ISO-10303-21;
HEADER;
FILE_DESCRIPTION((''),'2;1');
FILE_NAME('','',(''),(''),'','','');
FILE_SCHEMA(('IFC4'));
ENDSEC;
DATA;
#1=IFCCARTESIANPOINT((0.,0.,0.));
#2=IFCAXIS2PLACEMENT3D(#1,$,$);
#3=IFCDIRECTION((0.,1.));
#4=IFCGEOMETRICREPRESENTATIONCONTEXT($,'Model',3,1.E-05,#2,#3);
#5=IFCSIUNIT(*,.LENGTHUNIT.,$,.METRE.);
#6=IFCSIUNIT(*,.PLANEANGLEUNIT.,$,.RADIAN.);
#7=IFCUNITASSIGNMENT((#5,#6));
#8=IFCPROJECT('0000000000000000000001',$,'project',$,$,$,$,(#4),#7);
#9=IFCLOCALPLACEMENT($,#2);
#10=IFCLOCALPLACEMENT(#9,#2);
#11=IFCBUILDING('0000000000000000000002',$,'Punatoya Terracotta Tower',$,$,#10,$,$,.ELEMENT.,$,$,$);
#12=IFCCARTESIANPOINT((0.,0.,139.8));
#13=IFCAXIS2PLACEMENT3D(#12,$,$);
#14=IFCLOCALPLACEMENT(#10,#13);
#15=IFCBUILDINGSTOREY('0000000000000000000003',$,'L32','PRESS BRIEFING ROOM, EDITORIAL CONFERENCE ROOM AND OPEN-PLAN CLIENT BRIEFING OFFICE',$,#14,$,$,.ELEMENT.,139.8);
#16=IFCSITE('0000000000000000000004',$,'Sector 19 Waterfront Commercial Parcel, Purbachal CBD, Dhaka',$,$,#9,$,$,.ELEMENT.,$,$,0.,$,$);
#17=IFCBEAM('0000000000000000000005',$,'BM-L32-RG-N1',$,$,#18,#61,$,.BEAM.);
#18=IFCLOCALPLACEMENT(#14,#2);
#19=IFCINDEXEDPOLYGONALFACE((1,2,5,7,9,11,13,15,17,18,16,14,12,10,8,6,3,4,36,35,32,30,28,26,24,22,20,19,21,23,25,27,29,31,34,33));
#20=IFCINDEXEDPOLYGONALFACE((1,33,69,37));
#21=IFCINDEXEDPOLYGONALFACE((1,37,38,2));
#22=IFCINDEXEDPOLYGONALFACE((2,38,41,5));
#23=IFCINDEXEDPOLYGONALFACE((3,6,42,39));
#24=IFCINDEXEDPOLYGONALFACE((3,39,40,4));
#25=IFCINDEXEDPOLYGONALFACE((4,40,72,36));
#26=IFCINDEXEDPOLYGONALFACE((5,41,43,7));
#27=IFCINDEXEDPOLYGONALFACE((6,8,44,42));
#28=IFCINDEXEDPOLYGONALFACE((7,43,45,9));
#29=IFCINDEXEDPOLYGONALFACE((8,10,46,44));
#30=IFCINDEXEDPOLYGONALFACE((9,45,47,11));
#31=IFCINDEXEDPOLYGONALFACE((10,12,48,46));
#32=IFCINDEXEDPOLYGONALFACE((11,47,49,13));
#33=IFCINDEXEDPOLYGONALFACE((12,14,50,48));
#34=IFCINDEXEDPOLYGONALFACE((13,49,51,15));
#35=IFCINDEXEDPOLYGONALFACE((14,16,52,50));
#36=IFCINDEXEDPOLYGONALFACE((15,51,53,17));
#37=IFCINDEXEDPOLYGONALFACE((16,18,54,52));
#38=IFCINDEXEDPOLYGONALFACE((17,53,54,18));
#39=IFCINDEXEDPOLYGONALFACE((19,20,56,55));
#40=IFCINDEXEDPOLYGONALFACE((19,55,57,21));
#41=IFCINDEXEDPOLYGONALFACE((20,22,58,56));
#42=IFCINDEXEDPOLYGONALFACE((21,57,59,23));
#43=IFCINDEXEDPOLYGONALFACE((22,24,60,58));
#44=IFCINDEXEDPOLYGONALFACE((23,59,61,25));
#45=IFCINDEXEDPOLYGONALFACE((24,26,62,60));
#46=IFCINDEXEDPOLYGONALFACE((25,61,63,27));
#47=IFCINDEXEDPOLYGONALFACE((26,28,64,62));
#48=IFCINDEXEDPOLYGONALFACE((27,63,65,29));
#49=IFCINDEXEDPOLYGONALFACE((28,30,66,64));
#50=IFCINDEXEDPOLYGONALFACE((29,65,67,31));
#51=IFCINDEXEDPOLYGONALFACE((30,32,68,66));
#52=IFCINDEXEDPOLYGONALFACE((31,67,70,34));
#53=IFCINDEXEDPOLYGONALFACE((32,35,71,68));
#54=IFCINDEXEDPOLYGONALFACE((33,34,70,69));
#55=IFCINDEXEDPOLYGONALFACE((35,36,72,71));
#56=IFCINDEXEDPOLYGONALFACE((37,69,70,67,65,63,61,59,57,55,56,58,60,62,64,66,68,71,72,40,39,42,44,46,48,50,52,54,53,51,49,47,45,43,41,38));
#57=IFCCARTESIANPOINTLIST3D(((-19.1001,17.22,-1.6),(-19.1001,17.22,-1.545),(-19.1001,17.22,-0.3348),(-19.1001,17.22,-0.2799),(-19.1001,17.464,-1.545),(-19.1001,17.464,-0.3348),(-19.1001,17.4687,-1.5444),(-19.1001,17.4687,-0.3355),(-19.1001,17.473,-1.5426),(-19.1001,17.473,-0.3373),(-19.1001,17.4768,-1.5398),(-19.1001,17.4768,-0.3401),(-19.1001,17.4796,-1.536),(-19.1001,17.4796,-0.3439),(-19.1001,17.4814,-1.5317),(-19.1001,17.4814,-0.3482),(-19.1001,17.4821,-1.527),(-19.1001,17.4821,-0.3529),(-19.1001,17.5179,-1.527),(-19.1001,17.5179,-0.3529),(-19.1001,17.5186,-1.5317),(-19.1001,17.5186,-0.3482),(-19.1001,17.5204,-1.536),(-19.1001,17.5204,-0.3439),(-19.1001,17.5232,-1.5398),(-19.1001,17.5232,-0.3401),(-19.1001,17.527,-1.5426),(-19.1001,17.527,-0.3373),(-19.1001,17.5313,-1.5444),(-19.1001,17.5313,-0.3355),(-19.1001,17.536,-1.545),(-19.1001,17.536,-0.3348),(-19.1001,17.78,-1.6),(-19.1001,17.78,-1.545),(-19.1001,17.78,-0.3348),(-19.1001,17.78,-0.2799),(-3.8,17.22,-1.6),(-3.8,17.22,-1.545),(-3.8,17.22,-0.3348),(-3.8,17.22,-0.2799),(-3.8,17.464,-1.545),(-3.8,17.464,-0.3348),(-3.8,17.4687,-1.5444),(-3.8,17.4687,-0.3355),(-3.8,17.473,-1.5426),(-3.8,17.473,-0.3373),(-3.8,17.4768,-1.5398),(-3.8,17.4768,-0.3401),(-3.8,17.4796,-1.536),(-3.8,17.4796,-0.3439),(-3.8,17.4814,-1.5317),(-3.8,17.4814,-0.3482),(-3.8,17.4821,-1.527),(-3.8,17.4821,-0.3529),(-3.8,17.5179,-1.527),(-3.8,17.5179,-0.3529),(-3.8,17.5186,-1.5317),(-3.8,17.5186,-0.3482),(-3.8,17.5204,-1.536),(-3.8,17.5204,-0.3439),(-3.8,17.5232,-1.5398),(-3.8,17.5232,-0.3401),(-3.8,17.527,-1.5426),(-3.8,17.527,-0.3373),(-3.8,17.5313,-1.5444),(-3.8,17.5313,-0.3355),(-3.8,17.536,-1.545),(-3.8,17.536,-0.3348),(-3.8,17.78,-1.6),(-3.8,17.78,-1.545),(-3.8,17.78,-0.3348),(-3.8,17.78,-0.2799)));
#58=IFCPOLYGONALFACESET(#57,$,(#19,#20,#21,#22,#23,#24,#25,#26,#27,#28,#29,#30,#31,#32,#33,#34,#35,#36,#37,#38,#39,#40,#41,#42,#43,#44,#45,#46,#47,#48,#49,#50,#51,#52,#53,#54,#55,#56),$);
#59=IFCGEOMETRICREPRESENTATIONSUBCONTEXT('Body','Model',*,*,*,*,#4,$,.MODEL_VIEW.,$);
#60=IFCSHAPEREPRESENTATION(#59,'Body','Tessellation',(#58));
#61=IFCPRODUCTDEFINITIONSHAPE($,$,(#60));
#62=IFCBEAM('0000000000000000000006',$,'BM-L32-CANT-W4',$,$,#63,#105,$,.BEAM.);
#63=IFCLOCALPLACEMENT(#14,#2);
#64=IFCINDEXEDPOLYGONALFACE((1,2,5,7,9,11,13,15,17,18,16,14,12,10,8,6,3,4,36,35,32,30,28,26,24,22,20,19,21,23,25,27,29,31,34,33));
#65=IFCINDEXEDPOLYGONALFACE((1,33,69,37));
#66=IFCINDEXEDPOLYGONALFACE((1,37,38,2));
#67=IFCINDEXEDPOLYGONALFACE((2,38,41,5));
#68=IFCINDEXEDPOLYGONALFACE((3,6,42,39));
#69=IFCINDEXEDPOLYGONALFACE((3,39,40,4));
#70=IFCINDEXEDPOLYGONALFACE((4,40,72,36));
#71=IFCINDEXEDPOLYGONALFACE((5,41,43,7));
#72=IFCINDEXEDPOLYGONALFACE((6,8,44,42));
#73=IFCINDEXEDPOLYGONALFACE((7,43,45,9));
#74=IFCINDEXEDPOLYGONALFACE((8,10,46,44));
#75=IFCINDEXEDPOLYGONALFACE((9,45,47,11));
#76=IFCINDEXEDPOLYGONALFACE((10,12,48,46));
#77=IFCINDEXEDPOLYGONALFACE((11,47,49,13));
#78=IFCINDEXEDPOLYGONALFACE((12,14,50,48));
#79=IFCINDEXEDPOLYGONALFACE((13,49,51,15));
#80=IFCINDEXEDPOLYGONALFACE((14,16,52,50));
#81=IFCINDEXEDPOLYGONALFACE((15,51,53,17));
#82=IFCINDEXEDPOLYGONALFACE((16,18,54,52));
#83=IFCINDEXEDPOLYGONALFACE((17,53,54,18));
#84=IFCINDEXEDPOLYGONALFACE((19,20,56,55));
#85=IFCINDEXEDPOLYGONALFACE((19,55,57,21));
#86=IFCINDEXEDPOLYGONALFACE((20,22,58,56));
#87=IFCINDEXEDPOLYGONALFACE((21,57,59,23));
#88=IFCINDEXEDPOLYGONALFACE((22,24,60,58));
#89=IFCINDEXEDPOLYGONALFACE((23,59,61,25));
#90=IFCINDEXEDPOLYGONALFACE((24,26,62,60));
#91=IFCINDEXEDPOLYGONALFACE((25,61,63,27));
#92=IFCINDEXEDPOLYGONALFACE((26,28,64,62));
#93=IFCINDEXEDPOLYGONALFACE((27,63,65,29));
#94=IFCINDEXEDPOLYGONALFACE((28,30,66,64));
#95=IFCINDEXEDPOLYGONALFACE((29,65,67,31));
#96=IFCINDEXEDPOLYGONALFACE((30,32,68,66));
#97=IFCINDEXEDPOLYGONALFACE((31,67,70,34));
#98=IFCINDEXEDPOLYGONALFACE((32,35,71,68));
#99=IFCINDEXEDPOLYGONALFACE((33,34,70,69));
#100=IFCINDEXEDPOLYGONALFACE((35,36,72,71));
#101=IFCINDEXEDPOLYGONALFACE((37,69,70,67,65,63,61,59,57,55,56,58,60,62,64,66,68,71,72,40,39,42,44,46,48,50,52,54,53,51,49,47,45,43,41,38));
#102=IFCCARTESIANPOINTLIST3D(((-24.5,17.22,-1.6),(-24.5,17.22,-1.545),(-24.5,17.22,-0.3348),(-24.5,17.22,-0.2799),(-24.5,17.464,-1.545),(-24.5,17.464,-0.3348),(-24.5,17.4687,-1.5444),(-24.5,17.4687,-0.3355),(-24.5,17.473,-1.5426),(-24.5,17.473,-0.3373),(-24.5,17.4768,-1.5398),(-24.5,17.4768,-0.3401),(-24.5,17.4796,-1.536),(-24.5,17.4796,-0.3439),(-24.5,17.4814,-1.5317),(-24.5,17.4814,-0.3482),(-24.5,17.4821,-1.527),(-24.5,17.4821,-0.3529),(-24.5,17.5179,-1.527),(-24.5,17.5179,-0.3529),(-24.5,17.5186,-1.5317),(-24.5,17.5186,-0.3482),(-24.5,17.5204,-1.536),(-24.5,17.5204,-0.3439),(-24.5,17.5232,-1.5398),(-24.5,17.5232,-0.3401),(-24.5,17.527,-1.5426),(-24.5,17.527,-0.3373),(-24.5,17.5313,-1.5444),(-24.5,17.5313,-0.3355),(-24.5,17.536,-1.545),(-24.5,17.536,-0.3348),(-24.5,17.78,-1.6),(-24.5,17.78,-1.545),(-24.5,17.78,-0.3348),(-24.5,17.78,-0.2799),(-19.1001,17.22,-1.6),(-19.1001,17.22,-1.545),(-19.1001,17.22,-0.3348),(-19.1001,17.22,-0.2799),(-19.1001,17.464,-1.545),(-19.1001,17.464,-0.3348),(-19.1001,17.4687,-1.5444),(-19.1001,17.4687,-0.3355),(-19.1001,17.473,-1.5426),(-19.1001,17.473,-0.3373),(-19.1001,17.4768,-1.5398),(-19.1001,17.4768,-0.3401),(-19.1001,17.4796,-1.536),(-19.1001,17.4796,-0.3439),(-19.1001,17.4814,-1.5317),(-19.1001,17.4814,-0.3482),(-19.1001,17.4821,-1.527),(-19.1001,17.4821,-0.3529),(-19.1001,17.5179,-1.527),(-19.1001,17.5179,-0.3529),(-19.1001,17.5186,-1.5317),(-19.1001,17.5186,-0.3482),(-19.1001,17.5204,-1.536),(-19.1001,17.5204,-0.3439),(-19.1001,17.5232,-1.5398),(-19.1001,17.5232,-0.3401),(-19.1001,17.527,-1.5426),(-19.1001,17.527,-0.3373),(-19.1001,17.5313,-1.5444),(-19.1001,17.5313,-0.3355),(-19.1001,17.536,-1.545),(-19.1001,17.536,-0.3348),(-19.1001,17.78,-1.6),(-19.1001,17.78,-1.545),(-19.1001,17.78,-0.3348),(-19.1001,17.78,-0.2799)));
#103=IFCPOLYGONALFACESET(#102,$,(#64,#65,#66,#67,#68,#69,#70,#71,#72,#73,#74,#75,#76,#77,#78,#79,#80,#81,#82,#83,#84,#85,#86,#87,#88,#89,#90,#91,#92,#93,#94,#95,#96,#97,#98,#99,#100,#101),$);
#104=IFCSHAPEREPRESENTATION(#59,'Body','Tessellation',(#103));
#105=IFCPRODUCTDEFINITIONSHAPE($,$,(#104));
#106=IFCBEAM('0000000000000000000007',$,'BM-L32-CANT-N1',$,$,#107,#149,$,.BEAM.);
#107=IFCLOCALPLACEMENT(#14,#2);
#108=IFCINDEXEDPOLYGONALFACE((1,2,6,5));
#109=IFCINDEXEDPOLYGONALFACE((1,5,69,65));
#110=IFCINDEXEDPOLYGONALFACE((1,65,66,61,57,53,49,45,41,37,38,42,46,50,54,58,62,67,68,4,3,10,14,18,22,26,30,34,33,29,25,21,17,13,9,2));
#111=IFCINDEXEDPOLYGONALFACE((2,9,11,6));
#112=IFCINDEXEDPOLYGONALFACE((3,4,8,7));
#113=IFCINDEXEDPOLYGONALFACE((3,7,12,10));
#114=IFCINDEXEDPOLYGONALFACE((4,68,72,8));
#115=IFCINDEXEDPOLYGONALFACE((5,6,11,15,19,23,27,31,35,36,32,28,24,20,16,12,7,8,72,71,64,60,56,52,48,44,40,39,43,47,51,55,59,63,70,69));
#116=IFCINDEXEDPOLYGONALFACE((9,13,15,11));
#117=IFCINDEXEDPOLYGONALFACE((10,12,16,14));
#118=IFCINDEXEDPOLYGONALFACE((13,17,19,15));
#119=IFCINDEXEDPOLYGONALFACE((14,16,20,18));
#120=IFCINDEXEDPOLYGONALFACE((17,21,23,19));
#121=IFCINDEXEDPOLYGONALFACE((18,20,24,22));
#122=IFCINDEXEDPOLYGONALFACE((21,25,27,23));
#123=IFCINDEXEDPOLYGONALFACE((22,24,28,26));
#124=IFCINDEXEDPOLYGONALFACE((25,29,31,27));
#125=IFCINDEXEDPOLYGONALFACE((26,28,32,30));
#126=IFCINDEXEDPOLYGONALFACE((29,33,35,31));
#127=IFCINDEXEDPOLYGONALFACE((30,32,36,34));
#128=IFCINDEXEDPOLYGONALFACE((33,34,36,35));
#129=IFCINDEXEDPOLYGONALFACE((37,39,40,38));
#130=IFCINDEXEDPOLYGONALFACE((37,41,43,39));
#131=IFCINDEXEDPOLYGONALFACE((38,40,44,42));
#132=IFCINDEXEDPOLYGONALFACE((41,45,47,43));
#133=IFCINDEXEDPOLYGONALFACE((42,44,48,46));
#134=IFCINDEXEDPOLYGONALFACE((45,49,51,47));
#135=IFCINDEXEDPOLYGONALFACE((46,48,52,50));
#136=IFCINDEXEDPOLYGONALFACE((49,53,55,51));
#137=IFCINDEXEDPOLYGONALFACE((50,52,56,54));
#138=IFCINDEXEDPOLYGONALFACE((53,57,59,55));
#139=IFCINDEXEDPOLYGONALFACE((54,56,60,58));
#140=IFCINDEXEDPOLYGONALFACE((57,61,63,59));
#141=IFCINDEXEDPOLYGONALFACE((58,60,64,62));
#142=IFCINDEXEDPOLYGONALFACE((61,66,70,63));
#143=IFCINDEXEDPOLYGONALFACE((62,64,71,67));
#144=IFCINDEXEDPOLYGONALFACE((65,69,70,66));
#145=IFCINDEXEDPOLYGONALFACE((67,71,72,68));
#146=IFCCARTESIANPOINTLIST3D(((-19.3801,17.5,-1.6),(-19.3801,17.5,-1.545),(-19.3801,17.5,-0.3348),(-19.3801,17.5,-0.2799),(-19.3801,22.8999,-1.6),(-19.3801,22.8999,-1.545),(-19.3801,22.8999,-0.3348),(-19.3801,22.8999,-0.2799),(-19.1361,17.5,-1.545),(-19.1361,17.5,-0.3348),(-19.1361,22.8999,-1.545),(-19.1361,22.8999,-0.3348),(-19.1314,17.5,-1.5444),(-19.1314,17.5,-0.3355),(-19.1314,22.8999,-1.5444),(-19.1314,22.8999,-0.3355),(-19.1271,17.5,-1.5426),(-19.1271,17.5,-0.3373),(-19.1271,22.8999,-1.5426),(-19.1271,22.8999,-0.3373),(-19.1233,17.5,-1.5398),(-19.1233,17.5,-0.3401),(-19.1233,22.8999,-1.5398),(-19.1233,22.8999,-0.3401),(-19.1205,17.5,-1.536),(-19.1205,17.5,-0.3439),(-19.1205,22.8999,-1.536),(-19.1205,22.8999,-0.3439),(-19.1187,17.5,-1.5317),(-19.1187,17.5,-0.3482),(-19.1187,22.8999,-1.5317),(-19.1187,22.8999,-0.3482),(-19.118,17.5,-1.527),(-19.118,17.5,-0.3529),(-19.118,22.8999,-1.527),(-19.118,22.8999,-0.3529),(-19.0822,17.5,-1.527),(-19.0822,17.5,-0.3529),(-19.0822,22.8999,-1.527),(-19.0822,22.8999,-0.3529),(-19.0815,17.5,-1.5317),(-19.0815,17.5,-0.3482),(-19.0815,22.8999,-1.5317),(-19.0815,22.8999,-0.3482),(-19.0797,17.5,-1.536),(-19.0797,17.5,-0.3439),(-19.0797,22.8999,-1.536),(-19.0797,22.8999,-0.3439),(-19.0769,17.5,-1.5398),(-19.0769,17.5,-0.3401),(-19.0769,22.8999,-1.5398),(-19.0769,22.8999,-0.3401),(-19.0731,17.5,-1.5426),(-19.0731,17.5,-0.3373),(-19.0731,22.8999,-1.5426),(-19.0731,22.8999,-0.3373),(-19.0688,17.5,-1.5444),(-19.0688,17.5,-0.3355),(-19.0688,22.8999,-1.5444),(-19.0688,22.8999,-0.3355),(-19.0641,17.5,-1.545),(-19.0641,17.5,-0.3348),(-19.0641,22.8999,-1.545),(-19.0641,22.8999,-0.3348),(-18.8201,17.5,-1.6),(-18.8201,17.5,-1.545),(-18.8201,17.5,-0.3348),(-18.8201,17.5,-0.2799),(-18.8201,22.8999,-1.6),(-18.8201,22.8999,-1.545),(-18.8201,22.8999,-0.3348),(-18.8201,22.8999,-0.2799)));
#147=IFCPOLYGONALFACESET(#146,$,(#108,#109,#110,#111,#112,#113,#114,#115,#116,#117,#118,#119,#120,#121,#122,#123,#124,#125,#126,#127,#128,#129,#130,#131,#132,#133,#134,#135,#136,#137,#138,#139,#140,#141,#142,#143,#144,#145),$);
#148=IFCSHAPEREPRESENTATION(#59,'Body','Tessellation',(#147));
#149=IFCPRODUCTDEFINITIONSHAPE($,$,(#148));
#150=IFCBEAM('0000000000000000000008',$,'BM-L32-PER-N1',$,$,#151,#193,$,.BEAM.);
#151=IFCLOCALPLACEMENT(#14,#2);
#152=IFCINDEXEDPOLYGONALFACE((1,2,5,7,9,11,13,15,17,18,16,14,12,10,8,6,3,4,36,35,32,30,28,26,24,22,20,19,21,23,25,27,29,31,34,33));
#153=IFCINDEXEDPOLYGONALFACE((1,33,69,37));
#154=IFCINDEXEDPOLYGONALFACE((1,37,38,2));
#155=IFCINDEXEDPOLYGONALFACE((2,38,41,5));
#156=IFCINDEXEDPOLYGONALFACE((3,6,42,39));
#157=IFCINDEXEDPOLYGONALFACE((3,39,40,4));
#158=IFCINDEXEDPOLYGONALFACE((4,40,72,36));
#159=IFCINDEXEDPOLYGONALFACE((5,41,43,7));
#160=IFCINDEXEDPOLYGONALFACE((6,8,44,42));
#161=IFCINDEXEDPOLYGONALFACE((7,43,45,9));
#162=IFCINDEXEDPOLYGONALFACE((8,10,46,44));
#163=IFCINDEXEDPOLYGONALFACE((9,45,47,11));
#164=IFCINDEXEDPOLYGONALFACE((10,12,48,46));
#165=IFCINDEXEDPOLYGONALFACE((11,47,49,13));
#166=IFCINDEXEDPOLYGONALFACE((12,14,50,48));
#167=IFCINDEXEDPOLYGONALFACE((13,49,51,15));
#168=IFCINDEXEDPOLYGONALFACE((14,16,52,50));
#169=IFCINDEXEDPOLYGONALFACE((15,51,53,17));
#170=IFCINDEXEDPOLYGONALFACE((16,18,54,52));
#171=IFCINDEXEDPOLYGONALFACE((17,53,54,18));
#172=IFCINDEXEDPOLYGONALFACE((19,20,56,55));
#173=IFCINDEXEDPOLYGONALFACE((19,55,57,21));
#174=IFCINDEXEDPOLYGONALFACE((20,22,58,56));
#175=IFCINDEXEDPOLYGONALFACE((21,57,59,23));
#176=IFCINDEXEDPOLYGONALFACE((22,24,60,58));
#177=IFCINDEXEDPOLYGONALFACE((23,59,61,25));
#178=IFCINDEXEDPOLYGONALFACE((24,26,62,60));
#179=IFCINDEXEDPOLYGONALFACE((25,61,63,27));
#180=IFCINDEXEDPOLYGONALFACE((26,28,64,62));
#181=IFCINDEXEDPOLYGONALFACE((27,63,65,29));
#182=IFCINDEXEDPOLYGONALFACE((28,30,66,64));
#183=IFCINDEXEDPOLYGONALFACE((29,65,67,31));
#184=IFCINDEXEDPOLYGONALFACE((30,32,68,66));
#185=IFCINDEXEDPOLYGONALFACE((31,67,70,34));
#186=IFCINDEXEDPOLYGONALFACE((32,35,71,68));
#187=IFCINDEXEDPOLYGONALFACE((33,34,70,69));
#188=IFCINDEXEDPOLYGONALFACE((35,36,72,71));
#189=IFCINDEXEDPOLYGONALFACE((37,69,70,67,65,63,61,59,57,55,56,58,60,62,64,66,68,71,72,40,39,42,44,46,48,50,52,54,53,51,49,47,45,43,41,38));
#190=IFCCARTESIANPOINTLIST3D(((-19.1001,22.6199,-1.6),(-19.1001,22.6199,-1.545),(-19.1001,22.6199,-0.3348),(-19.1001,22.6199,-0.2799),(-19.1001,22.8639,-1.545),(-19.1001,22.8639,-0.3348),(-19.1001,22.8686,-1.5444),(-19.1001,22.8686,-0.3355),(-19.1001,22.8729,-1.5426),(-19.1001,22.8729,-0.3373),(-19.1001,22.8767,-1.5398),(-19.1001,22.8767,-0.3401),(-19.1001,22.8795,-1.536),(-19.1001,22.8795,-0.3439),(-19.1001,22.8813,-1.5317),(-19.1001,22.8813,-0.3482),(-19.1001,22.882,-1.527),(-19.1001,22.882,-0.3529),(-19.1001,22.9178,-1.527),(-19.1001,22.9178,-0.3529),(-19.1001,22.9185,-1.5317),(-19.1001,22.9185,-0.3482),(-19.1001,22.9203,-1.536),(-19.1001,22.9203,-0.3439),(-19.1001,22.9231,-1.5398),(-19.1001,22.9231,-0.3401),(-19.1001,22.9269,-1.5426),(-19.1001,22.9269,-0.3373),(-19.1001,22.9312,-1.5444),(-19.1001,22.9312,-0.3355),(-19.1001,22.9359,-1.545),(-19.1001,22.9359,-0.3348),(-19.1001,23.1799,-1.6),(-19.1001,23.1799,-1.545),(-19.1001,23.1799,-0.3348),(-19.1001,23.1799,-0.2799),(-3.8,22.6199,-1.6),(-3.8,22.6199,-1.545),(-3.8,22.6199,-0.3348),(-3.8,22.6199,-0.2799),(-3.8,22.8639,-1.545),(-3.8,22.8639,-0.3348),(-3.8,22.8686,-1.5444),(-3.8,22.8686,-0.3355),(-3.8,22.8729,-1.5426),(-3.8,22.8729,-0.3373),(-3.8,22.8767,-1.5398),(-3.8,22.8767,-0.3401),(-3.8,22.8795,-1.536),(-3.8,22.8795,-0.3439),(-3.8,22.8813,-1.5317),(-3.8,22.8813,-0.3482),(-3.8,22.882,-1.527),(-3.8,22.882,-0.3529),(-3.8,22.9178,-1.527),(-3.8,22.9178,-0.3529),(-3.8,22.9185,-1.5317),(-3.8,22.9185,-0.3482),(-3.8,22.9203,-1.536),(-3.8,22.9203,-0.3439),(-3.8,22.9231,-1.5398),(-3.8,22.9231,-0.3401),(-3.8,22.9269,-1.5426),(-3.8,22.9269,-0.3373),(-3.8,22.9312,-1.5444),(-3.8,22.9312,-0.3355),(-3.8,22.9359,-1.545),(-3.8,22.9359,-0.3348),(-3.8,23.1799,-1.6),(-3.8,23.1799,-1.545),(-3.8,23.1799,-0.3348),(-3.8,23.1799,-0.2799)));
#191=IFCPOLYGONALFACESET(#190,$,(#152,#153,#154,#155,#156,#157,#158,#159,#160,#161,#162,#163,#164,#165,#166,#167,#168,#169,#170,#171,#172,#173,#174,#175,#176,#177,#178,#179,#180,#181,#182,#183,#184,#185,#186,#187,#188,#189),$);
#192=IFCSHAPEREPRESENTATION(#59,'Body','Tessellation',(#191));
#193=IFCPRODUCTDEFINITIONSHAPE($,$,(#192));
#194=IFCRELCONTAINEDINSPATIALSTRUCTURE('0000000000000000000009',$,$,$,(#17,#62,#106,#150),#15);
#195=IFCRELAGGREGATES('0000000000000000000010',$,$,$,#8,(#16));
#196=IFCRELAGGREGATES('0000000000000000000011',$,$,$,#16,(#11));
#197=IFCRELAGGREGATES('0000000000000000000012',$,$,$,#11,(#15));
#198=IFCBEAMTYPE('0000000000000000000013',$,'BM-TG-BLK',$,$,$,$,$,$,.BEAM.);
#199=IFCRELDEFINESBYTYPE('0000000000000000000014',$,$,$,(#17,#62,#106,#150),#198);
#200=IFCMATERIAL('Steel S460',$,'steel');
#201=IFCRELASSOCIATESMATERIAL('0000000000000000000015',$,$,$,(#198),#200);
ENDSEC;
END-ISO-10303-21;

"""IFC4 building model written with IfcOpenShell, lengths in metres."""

from ifc_helpers import new_model, si_unit, direction, frame, origin, origin_2d, place, context, subcontext, project, spatial, i_section, extrude, material, material_profile, profile_set, type_object, element, save


model = new_model("IFC4")

# Units and contexts
model_context = context("Model", 3, precision=1e-05, world=origin(), true_north=direction((0.0, 1.0)))
body_context = subcontext(model_context, "Body", "Model", "MODEL_VIEW")
ifc_project = project(units=[si_unit("LENGTHUNIT", "METRE"), si_unit("PLANEANGLEUNIT", "RADIAN")], contexts=[model_context])

# Site, building, storey
site_placement = place(None, origin())
site = spatial("IfcSite", under=ifc_project, at=site_placement, Name="Sector 19 Waterfront Commercial Parcel, Purbachal CBD, Dhaka", CompositionType="ELEMENT", RefElevation=0.0)
building_placement = place(site_placement, origin())
building = spatial("IfcBuilding", under=site, at=building_placement, Name="Punatoya Terracotta Tower", CompositionType="ELEMENT")
storey_placement = place(building_placement, frame((0.0, 0.0, 139.8)))
storey = spatial("IfcBuildingStorey", under=building, at=storey_placement, Name="L32", Description="PRESS BRIEFING ROOM, EDITORIAL CONFERENCE ROOM AND OPEN-PLAN CLIENT BRIEFING OFFICE", CompositionType="ELEMENT", Elevation=139.8)

# Shared definitions
ifc_material_1 = material(Name="Steel S460", Category="steel")

# Beams
ifc_material_profile_1 = material_profile(ifc_material_1, i_section(OverallWidth=0.5601, OverallDepth=1.3201, WebThickness=0.0359, FlangeThickness=0.0549, FilletRadius=0.0181, at=origin_2d()))
ifc_profile_set_1 = profile_set([ifc_material_profile_1], Name="Steel S460")
beam_type_1 = type_object("IfcBeamType", Name="BM-TG-BLK", PredefinedType="BEAM", material=ifc_profile_set_1)
beam_1_placement = place(storey_placement, frame((-19.1001, 17.5, -0.9399), z_axis=(1.0, 0.0, 0.0), x_axis=(0.0, 1.0, 0.0)))
element("IfcBeam", 1, at=beam_1_placement, inside=storey, type_object=beam_type_1, Name="BM-L32-RG-N1", PredefinedType="BEAM", context=body_context, shape_type="SweptSolid", body=[
    extrude(i_section(OverallWidth=0.5601, OverallDepth=1.3201, WebThickness=0.0359, FlangeThickness=0.0549, FilletRadius=0.0181, at=origin_2d()), origin(), (0.0, 0.0, 1.0), 15.3),
])
for number, where, z_axis, x_axis, name in (
    (2, (-24.5, 17.5, -0.9399), (1.0, 0.0, 0.0), (0.0, 1.0, 0.0), "BM-L32-CANT-W4"),
    (3, (-19.1001, 17.5, -0.9399), (0.0, 1.0, 0.0), (-1.0, 0.0, 0.0), "BM-L32-CANT-N1"),
):
    element("IfcBeam", number, at=place(storey_placement, frame(where, z_axis=z_axis, x_axis=x_axis)), inside=storey, type_object=beam_type_1, Name=name, PredefinedType="BEAM", context=body_context, shape_type="SweptSolid", body=[
        extrude(i_section(OverallWidth=0.5601, OverallDepth=1.3201, WebThickness=0.0359, FlangeThickness=0.0549, FilletRadius=0.0181, at=origin_2d()), origin(), (0.0, 0.0, 1.0), 5.3999),
    ])
beam_2_placement = place(storey_placement, frame((-19.1001, 22.8999, -0.9399), z_axis=(1.0, 0.0, 0.0), x_axis=(0.0, 1.0, 0.0)))
element("IfcBeam", 4, at=beam_2_placement, inside=storey, type_object=beam_type_1, Name="BM-L32-PER-N1", PredefinedType="BEAM", context=body_context, shape_type="SweptSolid", body=[
    extrude(i_section(OverallWidth=0.5601, OverallDepth=1.3201, WebThickness=0.0359, FlangeThickness=0.0549, FilletRadius=0.0181, at=origin_2d()), origin(), (0.0, 0.0, 1.0), 15.3),
])

save(model, "model.ifc")
